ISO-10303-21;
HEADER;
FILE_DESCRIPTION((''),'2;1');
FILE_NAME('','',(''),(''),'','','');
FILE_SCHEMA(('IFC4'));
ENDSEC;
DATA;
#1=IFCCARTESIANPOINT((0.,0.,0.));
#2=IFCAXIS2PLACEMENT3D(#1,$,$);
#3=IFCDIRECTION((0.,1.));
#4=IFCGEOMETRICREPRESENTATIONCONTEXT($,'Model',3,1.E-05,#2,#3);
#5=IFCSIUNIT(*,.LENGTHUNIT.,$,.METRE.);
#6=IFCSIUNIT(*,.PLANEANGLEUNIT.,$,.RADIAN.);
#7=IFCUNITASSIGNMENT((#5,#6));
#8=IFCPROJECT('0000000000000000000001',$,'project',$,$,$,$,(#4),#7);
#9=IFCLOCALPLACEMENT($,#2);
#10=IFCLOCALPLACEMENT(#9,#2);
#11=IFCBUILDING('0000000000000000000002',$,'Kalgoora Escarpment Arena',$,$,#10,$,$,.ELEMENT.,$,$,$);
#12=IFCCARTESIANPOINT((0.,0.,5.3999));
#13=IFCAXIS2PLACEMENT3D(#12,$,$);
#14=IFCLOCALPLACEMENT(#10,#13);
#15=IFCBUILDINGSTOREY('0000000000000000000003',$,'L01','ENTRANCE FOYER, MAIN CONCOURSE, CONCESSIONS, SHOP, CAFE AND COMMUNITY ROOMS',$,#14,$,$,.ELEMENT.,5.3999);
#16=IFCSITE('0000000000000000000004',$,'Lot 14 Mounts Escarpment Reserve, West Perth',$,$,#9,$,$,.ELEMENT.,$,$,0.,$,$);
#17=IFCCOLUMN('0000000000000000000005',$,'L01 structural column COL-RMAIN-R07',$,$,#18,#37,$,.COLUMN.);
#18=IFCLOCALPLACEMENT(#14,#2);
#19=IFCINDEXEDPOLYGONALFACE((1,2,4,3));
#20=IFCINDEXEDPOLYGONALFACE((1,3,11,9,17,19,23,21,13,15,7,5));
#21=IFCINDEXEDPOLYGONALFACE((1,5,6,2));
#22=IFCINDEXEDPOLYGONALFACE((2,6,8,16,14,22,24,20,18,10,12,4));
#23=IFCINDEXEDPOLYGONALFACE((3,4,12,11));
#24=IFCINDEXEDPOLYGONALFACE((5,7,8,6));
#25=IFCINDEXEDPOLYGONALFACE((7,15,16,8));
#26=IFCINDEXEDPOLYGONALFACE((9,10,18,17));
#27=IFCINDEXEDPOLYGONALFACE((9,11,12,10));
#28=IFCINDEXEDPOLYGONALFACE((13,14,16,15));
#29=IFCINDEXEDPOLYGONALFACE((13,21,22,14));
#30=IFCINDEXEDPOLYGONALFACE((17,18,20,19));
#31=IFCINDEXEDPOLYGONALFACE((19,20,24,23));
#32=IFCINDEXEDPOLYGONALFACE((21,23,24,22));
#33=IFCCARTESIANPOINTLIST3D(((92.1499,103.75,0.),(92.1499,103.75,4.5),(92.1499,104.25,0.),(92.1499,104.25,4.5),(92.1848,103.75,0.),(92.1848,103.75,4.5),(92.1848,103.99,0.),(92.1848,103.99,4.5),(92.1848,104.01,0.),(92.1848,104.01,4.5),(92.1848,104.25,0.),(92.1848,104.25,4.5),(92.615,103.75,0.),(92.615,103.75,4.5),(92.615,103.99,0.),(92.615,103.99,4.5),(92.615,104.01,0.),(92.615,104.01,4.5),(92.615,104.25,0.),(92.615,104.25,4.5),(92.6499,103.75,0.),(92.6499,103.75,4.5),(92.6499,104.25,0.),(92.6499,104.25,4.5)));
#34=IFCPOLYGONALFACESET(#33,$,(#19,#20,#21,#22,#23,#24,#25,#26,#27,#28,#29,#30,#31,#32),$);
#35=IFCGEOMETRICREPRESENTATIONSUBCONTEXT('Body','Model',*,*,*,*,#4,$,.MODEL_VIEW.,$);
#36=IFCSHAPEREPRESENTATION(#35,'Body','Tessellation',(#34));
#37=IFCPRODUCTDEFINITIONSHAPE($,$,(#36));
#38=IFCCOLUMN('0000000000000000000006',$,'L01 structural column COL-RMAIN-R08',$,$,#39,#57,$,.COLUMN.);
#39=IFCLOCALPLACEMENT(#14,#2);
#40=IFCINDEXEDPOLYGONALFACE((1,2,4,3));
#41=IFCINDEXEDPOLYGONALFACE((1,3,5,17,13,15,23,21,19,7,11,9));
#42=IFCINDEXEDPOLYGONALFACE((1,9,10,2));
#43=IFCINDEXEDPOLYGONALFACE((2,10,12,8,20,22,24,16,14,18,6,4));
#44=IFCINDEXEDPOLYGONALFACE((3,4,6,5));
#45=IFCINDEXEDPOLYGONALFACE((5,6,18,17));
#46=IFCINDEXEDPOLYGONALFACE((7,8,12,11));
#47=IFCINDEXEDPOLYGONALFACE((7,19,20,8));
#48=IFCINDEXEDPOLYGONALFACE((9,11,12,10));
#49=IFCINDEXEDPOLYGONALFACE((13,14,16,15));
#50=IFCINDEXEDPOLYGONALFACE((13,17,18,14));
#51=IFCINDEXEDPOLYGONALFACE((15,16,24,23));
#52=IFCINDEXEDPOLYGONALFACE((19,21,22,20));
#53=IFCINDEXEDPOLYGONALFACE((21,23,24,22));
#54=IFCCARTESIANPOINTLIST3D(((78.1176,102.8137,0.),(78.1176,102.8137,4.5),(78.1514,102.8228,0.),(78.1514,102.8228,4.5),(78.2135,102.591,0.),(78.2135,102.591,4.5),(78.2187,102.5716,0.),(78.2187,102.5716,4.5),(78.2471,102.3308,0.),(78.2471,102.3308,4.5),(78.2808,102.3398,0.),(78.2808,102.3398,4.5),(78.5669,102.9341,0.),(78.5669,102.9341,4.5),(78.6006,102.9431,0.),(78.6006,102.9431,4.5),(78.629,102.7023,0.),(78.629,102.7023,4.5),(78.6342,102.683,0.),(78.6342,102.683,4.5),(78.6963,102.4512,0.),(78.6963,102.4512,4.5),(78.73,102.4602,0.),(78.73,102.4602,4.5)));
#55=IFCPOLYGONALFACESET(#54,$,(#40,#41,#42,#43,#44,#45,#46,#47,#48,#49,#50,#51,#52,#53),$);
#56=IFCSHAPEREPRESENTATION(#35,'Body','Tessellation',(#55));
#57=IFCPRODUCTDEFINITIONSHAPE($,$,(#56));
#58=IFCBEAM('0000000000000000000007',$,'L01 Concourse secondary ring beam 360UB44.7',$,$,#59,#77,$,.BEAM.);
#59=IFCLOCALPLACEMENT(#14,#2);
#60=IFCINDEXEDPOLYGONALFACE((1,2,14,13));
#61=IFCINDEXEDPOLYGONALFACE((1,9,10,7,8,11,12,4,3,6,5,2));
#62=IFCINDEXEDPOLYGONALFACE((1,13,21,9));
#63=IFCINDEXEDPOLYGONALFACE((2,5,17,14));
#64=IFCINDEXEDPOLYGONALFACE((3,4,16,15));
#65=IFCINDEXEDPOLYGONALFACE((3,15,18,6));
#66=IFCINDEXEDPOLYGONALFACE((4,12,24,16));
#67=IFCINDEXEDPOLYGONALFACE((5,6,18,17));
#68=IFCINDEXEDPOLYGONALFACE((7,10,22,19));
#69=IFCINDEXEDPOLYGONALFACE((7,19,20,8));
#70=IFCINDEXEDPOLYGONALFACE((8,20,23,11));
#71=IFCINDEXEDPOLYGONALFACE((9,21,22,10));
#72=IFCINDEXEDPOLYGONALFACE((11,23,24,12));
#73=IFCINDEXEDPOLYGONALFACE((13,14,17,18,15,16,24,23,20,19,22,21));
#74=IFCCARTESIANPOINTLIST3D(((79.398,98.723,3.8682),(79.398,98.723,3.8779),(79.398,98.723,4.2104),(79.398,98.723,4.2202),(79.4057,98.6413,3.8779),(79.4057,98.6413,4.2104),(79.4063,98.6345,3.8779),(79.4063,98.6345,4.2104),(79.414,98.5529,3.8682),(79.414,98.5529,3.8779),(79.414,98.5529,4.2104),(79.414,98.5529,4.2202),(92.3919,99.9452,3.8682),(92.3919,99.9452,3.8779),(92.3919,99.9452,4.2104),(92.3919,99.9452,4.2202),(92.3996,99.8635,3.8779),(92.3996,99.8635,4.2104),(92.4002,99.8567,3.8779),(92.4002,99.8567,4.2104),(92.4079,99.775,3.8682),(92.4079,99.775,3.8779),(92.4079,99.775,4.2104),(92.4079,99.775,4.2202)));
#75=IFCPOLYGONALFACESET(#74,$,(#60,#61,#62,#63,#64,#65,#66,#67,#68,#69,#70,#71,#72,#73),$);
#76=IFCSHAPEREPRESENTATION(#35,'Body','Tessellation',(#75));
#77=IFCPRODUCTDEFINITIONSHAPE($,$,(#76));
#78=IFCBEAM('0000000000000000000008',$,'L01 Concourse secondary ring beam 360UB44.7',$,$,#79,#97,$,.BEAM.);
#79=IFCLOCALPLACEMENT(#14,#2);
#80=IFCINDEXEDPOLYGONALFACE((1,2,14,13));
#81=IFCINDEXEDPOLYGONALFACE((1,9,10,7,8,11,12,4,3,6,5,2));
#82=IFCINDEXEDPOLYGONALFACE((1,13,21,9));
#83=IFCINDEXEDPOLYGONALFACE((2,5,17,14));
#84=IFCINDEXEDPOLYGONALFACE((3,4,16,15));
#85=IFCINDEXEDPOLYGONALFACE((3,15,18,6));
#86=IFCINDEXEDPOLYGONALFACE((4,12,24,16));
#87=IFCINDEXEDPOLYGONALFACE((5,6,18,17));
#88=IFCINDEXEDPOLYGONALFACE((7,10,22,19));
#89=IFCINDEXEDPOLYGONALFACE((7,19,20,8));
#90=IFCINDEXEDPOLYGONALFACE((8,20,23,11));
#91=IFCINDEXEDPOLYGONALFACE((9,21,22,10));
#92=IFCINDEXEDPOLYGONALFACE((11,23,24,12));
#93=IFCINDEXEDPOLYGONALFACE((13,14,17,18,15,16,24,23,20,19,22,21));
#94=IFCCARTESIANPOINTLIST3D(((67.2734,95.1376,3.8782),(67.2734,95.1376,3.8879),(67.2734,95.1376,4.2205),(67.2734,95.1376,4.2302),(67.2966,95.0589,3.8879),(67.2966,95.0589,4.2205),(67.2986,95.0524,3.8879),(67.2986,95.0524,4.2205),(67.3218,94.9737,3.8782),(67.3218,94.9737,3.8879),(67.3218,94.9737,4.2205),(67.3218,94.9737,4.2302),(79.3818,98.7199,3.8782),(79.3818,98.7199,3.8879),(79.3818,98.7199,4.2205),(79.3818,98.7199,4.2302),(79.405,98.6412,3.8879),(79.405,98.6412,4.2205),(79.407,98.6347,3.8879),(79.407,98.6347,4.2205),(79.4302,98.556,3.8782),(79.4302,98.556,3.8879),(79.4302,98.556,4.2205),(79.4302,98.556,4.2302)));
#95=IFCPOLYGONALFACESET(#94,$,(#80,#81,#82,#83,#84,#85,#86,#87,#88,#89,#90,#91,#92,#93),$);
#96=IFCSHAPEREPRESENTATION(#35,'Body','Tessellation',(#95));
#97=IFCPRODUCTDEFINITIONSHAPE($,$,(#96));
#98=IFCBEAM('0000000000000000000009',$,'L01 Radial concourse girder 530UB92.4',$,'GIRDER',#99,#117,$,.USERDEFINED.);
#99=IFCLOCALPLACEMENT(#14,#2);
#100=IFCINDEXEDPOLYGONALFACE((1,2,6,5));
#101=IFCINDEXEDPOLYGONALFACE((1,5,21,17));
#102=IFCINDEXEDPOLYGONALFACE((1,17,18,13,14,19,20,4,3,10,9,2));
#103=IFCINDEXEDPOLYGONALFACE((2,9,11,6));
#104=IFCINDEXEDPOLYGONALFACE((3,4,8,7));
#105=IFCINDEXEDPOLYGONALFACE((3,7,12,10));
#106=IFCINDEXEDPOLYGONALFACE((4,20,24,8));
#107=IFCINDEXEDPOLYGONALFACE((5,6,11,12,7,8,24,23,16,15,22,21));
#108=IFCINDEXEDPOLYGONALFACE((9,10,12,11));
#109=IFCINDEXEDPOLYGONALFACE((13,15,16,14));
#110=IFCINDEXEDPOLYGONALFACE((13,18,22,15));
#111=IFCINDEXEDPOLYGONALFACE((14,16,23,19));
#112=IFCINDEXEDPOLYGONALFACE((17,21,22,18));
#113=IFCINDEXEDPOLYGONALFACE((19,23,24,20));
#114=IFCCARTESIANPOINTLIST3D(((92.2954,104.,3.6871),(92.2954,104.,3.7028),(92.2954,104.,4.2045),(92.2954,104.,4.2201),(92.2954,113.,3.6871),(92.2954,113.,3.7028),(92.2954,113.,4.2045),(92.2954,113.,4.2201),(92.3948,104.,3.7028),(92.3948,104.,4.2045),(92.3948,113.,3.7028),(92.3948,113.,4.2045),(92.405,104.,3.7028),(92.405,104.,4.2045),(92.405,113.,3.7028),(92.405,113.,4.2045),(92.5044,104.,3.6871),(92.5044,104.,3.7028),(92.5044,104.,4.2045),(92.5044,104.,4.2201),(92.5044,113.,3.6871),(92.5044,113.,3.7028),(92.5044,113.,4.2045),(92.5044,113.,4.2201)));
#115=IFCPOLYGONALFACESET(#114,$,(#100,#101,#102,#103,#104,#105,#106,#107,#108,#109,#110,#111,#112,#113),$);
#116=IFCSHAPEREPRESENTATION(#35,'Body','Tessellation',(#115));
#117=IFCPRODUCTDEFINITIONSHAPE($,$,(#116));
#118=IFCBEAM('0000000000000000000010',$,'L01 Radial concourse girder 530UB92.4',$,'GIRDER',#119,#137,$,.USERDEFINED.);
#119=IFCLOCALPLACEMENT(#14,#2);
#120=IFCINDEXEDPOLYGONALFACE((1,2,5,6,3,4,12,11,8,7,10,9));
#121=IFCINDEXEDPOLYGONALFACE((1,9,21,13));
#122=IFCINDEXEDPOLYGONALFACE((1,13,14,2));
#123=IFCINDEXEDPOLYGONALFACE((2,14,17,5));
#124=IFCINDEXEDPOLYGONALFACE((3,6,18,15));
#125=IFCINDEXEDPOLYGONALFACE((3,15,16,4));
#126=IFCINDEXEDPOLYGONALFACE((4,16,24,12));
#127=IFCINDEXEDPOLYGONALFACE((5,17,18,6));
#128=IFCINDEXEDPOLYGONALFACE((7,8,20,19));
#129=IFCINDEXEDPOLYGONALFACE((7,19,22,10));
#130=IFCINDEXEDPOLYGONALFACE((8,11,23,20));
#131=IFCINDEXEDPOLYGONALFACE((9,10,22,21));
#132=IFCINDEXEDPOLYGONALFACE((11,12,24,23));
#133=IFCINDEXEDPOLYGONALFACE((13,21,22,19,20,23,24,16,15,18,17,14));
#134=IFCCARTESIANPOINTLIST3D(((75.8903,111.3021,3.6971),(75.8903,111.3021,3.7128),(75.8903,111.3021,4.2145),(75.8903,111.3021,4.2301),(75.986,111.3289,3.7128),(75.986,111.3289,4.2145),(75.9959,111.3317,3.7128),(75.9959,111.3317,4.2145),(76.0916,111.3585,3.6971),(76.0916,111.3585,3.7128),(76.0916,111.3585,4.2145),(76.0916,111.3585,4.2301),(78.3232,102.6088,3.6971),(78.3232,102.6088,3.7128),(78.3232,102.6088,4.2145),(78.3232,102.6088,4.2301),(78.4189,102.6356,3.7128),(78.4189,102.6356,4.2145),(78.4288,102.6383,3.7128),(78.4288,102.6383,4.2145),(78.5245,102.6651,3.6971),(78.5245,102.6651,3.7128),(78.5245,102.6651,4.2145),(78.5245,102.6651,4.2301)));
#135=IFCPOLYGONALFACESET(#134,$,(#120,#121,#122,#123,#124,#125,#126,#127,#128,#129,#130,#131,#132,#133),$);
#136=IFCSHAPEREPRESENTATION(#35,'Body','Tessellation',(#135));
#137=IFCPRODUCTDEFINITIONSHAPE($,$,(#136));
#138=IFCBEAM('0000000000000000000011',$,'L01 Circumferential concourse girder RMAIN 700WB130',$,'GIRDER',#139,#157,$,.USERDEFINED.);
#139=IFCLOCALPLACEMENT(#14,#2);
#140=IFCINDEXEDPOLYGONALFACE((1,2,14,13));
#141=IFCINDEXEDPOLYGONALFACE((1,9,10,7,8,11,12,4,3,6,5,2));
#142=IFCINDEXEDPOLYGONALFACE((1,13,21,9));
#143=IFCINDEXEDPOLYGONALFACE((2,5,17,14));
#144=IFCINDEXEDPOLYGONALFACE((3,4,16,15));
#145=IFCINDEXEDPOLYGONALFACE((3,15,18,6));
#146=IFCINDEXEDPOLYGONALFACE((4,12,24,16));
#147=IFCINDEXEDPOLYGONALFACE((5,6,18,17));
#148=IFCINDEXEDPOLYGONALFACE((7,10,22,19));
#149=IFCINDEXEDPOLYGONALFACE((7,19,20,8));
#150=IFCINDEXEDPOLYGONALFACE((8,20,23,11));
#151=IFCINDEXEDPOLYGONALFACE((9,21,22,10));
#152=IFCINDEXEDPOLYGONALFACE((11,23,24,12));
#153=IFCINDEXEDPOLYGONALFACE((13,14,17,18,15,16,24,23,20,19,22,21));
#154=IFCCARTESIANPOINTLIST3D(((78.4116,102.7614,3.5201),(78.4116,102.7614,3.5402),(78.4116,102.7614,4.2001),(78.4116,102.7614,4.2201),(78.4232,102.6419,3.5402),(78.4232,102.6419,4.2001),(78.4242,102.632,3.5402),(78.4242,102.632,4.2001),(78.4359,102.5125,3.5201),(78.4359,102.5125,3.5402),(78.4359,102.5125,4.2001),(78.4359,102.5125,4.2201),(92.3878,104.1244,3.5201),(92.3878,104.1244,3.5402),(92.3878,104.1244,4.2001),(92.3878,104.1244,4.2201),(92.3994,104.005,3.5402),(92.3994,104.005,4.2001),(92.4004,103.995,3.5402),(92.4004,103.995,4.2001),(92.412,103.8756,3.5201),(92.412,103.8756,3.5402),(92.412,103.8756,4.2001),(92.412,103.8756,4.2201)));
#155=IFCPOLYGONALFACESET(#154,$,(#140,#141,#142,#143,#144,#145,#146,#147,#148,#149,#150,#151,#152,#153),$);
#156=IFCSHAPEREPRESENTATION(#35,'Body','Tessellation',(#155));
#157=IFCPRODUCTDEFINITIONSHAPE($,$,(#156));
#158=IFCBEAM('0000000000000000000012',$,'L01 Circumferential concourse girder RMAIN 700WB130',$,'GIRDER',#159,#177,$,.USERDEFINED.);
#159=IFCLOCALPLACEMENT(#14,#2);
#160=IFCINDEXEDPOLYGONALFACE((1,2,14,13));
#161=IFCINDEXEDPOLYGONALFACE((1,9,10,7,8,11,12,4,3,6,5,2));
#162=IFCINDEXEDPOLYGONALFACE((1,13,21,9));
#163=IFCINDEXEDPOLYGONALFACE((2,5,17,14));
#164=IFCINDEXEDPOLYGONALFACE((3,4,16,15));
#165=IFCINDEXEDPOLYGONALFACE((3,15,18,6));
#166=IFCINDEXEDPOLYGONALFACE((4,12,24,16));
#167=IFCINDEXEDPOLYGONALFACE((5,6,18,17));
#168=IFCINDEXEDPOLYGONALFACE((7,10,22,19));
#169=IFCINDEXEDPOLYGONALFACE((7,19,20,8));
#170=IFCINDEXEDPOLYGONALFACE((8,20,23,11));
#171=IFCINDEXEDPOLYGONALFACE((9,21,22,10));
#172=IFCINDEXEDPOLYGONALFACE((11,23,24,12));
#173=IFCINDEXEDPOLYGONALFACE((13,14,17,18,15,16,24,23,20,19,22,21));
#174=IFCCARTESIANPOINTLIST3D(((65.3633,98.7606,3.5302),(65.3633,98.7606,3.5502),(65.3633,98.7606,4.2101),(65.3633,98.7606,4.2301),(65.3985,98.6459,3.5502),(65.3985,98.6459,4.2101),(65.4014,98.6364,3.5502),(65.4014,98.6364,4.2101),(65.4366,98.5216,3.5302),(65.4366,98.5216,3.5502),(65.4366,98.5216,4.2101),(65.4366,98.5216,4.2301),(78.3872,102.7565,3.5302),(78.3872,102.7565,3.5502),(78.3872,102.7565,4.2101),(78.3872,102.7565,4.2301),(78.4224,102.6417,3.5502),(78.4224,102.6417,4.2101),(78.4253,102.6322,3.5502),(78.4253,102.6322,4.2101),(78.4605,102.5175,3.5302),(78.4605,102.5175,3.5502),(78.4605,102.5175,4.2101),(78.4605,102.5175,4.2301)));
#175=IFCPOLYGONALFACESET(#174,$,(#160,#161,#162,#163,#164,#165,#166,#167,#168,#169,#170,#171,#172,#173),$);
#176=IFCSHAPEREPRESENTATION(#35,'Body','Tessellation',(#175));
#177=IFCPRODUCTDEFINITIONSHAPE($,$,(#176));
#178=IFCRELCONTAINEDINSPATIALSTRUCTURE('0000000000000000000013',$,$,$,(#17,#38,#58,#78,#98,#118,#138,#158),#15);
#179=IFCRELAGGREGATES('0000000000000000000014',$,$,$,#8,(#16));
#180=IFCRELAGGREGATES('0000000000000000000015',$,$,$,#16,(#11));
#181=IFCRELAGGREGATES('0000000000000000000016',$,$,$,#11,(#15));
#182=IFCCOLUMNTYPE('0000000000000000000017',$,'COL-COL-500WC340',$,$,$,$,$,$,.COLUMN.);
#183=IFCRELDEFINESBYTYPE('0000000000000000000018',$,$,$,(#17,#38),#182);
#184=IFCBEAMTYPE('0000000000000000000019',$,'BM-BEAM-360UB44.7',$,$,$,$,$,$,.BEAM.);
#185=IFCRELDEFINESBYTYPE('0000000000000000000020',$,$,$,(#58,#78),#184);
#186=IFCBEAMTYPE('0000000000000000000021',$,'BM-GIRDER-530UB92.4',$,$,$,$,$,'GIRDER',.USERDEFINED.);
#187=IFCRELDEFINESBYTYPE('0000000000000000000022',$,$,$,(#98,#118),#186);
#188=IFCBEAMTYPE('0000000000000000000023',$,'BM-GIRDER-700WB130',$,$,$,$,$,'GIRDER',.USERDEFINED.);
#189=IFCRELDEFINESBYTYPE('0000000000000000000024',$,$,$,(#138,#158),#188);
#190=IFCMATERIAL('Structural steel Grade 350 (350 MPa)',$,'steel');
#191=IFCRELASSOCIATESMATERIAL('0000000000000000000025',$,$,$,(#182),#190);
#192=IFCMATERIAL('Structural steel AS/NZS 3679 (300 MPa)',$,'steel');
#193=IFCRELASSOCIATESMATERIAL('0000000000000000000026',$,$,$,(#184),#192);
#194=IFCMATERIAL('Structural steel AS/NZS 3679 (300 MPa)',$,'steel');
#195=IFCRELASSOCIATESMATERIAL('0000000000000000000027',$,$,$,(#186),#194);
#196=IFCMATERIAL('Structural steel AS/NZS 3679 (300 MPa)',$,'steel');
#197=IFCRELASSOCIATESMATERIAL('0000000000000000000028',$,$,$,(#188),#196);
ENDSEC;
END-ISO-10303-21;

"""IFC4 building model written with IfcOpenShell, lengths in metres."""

from ifc_helpers import new_model, si_unit, direction, frame, origin, origin_2d, place, context, subcontext, project, spatial, i_section, extrude, material, material_profile, profile_set, type_object, element, save


model = new_model("IFC4")

# Units and contexts
model_context = context("Model", 3, precision=1e-05, world=origin(), true_north=direction((0.0, 1.0)))
body_context = subcontext(model_context, "Body", "Model", "MODEL_VIEW")
ifc_project = project(units=[si_unit("LENGTHUNIT", "METRE"), si_unit("PLANEANGLEUNIT", "RADIAN")], contexts=[model_context])

# Site, building, storey
site_placement = place(None, origin())
site = spatial("IfcSite", under=ifc_project, at=site_placement, Name="Lot 14 Mounts Escarpment Reserve, West Perth", CompositionType="ELEMENT", RefElevation=0.0)
building_placement = place(site_placement, origin())
building = spatial("IfcBuilding", under=site, at=building_placement, Name="Kalgoora Escarpment Arena", CompositionType="ELEMENT")
storey_placement = place(building_placement, frame((0.0, 0.0, 5.3999)))
storey = spatial("IfcBuildingStorey", under=building, at=storey_placement, Name="L01", Description="ENTRANCE FOYER, MAIN CONCOURSE, CONCESSIONS, SHOP, CAFE AND COMMUNITY ROOMS", CompositionType="ELEMENT", Elevation=5.3999)

# Columns
ifc_material_1 = material(Name="Structural steel Grade 350 (350 MPa)", Category="steel")
ifc_material_profile_1 = material_profile(ifc_material_1, i_section(OverallWidth=0.5, OverallDepth=0.5, WebThickness=0.02, FlangeThickness=0.0349, at=origin_2d()))
ifc_profile_set_1 = profile_set([ifc_material_profile_1], Name="Structural steel Grade 350 (350 MPa)")
column_type = type_object("IfcColumnType", Name="COL-COL-500WC340", PredefinedType="COLUMN", material=ifc_profile_set_1)
for number, where, z_axis, x_axis, name in (
    (1, (92.3999, 104.0, 0.0), (0.0, 0.0, 1.0), (0.0, 1.0, 0.0), "L01 structural column COL-RMAIN-R07"),
    (2, (78.4238, 102.637, 0.0), (0.0, 0.0, 1.0), (-0.258819, 0.965926, 0.0), "L01 structural column COL-RMAIN-R08"),
):
    element("IfcColumn", number, at=place(storey_placement, frame(where, z_axis=z_axis, x_axis=x_axis)), inside=storey, type_object=column_type, Name=name, PredefinedType="COLUMN", context=body_context, shape_type="SweptSolid", body=[
        extrude(i_section(OverallWidth=0.5, OverallDepth=0.5, WebThickness=0.02, FlangeThickness=0.0349, at=origin_2d()), origin(), (0.0, 0.0, 1.0), 4.5),
    ])

# Beams
ifc_material_2 = material(Name="Structural steel AS/NZS 3679 (300 MPa)", Category="steel")
ifc_material_profile_2 = material_profile(ifc_material_2, i_section(OverallWidth=0.1709, OverallDepth=0.3521, WebThickness=0.0068, FlangeThickness=0.0098, at=origin_2d()))
ifc_profile_set_2 = profile_set([ifc_material_profile_2], Name="Structural steel AS/NZS 3679 (300 MPa)")
beam_type_1 = type_object("IfcBeamType", Name="BM-BEAM-360UB44.7", PredefinedType="BEAM", material=ifc_profile_set_2)
beam_1_placement = place(storey_placement, frame((92.3999, 99.8601, 4.0442), z_axis=(-0.995606, -0.093644, 0.0), x_axis=(0.093644, -0.995606, 0.0)))
element("IfcBeam", 3, at=beam_1_placement, inside=storey, type_object=beam_type_1, Name="L01 Concourse secondary ring beam 360UB44.7", PredefinedType="BEAM", context=body_context, shape_type="SweptSolid", body=[
    extrude(i_section(OverallWidth=0.1709, OverallDepth=0.3521, WebThickness=0.0068, FlangeThickness=0.0098, at=origin_2d()), origin(), (0.0, 0.0, 1.0), 13.0513),
])
beam_2_placement = place(storey_placement, frame((79.406, 98.6379, 4.0542), z_axis=(-0.958914, -0.283695, 0.0), x_axis=(0.283695, -0.958914, 0.0)))
element("IfcBeam", 4, at=beam_2_placement, inside=storey, type_object=beam_type_1, Name="L01 Concourse secondary ring beam 360UB44.7", PredefinedType="BEAM", context=body_context, shape_type="SweptSolid", body=[
    extrude(i_section(OverallWidth=0.1709, OverallDepth=0.3521, WebThickness=0.0068, FlangeThickness=0.0098, at=origin_2d()), origin(), (0.0, 0.0, 1.0), 12.6272),
])
ifc_material_3 = material(Name="Structural steel AS/NZS 3679 (300 MPa)", Category="steel")
ifc_material_profile_3 = material_profile(ifc_material_3, i_section(OverallWidth=0.209, OverallDepth=0.533, WebThickness=0.0103, FlangeThickness=0.0156, at=origin_2d()))
ifc_profile_set_3 = profile_set([ifc_material_profile_3], Name="Structural steel AS/NZS 3679 (300 MPa)")
beam_type_2 = type_object("IfcBeamType", Name="BM-GIRDER-530UB92.4", ElementType="GIRDER", PredefinedType="USERDEFINED", material=ifc_profile_set_3)
beam_3_placement = place(storey_placement, frame((92.3999, 104.0, 3.9536), z_axis=(0.0, 1.0, 0.0), x_axis=(-1.0, 0.0, 0.0)))
element("IfcBeam", 5, at=beam_3_placement, inside=storey, type_object=beam_type_2, Name="L01 Radial concourse girder 530UB92.4", ObjectType="GIRDER", PredefinedType="USERDEFINED", context=body_context, shape_type="SweptSolid", body=[
    extrude(i_section(OverallWidth=0.209, OverallDepth=0.533, WebThickness=0.0103, FlangeThickness=0.0156, at=origin_2d()), origin(), (0.0, 0.0, 1.0), 9.0),
])
beam_4_placement = place(storey_placement, frame((78.4238, 102.637, 3.9636), z_axis=(-0.269499, 0.963001, 0.0), x_axis=(-0.963001, -0.269499, 0.0)))
element("IfcBeam", 6, at=beam_4_placement, inside=storey, type_object=beam_type_2, Name="L01 Radial concourse girder 530UB92.4", ObjectType="GIRDER", PredefinedType="USERDEFINED", context=body_context, shape_type="SweptSolid", body=[
    extrude(i_section(OverallWidth=0.209, OverallDepth=0.533, WebThickness=0.0103, FlangeThickness=0.0156, at=origin_2d()), origin(), (0.0, 0.0, 1.0), 9.0273),
])
ifc_material_4 = material(Name="Structural steel AS/NZS 3679 (300 MPa)", Category="steel")
ifc_material_profile_4 = material_profile(ifc_material_4, i_section(OverallWidth=0.25, OverallDepth=0.7, WebThickness=0.01, FlangeThickness=0.02, at=origin_2d()))
ifc_profile_set_4 = profile_set([ifc_material_profile_4], Name="Structural steel AS/NZS 3679 (300 MPa)")
beam_type_3 = type_object("IfcBeamType", Name="BM-GIRDER-700WB130", ElementType="GIRDER", PredefinedType="USERDEFINED", material=ifc_profile_set_4)
beam_5_placement = place(storey_placement, frame((92.3999, 104.0, 3.8701), z_axis=(-0.995278, -0.097066, 0.0), x_axis=(0.097066, -0.995278, 0.0)))
element("IfcBeam", 7, at=beam_5_placement, inside=storey, type_object=beam_type_3, Name="L01 Circumferential concourse girder RMAIN 700WB130", ObjectType="GIRDER", PredefinedType="USERDEFINED", context=body_context, shape_type="SweptSolid", body=[
    extrude(i_section(OverallWidth=0.25, OverallDepth=0.7, WebThickness=0.01, FlangeThickness=0.02, at=origin_2d()), origin(), (0.0, 0.0, 1.0), 14.0425),
])
beam_6_placement = place(storey_placement, frame((78.4238, 102.637, 3.8801), z_axis=(-0.956016, -0.293314, 0.0), x_axis=(0.293314, -0.956016, 0.0)))
element("IfcBeam", 8, at=beam_6_placement, inside=storey, type_object=beam_type_3, Name="L01 Circumferential concourse girder RMAIN 700WB130", ObjectType="GIRDER", PredefinedType="USERDEFINED", context=body_context, shape_type="SweptSolid", body=[
    extrude(i_section(OverallWidth=0.25, OverallDepth=0.7, WebThickness=0.01, FlangeThickness=0.02, at=origin_2d()), origin(), (0.0, 0.0, 1.0), 13.623),
])

save(model, "model.ifc")
